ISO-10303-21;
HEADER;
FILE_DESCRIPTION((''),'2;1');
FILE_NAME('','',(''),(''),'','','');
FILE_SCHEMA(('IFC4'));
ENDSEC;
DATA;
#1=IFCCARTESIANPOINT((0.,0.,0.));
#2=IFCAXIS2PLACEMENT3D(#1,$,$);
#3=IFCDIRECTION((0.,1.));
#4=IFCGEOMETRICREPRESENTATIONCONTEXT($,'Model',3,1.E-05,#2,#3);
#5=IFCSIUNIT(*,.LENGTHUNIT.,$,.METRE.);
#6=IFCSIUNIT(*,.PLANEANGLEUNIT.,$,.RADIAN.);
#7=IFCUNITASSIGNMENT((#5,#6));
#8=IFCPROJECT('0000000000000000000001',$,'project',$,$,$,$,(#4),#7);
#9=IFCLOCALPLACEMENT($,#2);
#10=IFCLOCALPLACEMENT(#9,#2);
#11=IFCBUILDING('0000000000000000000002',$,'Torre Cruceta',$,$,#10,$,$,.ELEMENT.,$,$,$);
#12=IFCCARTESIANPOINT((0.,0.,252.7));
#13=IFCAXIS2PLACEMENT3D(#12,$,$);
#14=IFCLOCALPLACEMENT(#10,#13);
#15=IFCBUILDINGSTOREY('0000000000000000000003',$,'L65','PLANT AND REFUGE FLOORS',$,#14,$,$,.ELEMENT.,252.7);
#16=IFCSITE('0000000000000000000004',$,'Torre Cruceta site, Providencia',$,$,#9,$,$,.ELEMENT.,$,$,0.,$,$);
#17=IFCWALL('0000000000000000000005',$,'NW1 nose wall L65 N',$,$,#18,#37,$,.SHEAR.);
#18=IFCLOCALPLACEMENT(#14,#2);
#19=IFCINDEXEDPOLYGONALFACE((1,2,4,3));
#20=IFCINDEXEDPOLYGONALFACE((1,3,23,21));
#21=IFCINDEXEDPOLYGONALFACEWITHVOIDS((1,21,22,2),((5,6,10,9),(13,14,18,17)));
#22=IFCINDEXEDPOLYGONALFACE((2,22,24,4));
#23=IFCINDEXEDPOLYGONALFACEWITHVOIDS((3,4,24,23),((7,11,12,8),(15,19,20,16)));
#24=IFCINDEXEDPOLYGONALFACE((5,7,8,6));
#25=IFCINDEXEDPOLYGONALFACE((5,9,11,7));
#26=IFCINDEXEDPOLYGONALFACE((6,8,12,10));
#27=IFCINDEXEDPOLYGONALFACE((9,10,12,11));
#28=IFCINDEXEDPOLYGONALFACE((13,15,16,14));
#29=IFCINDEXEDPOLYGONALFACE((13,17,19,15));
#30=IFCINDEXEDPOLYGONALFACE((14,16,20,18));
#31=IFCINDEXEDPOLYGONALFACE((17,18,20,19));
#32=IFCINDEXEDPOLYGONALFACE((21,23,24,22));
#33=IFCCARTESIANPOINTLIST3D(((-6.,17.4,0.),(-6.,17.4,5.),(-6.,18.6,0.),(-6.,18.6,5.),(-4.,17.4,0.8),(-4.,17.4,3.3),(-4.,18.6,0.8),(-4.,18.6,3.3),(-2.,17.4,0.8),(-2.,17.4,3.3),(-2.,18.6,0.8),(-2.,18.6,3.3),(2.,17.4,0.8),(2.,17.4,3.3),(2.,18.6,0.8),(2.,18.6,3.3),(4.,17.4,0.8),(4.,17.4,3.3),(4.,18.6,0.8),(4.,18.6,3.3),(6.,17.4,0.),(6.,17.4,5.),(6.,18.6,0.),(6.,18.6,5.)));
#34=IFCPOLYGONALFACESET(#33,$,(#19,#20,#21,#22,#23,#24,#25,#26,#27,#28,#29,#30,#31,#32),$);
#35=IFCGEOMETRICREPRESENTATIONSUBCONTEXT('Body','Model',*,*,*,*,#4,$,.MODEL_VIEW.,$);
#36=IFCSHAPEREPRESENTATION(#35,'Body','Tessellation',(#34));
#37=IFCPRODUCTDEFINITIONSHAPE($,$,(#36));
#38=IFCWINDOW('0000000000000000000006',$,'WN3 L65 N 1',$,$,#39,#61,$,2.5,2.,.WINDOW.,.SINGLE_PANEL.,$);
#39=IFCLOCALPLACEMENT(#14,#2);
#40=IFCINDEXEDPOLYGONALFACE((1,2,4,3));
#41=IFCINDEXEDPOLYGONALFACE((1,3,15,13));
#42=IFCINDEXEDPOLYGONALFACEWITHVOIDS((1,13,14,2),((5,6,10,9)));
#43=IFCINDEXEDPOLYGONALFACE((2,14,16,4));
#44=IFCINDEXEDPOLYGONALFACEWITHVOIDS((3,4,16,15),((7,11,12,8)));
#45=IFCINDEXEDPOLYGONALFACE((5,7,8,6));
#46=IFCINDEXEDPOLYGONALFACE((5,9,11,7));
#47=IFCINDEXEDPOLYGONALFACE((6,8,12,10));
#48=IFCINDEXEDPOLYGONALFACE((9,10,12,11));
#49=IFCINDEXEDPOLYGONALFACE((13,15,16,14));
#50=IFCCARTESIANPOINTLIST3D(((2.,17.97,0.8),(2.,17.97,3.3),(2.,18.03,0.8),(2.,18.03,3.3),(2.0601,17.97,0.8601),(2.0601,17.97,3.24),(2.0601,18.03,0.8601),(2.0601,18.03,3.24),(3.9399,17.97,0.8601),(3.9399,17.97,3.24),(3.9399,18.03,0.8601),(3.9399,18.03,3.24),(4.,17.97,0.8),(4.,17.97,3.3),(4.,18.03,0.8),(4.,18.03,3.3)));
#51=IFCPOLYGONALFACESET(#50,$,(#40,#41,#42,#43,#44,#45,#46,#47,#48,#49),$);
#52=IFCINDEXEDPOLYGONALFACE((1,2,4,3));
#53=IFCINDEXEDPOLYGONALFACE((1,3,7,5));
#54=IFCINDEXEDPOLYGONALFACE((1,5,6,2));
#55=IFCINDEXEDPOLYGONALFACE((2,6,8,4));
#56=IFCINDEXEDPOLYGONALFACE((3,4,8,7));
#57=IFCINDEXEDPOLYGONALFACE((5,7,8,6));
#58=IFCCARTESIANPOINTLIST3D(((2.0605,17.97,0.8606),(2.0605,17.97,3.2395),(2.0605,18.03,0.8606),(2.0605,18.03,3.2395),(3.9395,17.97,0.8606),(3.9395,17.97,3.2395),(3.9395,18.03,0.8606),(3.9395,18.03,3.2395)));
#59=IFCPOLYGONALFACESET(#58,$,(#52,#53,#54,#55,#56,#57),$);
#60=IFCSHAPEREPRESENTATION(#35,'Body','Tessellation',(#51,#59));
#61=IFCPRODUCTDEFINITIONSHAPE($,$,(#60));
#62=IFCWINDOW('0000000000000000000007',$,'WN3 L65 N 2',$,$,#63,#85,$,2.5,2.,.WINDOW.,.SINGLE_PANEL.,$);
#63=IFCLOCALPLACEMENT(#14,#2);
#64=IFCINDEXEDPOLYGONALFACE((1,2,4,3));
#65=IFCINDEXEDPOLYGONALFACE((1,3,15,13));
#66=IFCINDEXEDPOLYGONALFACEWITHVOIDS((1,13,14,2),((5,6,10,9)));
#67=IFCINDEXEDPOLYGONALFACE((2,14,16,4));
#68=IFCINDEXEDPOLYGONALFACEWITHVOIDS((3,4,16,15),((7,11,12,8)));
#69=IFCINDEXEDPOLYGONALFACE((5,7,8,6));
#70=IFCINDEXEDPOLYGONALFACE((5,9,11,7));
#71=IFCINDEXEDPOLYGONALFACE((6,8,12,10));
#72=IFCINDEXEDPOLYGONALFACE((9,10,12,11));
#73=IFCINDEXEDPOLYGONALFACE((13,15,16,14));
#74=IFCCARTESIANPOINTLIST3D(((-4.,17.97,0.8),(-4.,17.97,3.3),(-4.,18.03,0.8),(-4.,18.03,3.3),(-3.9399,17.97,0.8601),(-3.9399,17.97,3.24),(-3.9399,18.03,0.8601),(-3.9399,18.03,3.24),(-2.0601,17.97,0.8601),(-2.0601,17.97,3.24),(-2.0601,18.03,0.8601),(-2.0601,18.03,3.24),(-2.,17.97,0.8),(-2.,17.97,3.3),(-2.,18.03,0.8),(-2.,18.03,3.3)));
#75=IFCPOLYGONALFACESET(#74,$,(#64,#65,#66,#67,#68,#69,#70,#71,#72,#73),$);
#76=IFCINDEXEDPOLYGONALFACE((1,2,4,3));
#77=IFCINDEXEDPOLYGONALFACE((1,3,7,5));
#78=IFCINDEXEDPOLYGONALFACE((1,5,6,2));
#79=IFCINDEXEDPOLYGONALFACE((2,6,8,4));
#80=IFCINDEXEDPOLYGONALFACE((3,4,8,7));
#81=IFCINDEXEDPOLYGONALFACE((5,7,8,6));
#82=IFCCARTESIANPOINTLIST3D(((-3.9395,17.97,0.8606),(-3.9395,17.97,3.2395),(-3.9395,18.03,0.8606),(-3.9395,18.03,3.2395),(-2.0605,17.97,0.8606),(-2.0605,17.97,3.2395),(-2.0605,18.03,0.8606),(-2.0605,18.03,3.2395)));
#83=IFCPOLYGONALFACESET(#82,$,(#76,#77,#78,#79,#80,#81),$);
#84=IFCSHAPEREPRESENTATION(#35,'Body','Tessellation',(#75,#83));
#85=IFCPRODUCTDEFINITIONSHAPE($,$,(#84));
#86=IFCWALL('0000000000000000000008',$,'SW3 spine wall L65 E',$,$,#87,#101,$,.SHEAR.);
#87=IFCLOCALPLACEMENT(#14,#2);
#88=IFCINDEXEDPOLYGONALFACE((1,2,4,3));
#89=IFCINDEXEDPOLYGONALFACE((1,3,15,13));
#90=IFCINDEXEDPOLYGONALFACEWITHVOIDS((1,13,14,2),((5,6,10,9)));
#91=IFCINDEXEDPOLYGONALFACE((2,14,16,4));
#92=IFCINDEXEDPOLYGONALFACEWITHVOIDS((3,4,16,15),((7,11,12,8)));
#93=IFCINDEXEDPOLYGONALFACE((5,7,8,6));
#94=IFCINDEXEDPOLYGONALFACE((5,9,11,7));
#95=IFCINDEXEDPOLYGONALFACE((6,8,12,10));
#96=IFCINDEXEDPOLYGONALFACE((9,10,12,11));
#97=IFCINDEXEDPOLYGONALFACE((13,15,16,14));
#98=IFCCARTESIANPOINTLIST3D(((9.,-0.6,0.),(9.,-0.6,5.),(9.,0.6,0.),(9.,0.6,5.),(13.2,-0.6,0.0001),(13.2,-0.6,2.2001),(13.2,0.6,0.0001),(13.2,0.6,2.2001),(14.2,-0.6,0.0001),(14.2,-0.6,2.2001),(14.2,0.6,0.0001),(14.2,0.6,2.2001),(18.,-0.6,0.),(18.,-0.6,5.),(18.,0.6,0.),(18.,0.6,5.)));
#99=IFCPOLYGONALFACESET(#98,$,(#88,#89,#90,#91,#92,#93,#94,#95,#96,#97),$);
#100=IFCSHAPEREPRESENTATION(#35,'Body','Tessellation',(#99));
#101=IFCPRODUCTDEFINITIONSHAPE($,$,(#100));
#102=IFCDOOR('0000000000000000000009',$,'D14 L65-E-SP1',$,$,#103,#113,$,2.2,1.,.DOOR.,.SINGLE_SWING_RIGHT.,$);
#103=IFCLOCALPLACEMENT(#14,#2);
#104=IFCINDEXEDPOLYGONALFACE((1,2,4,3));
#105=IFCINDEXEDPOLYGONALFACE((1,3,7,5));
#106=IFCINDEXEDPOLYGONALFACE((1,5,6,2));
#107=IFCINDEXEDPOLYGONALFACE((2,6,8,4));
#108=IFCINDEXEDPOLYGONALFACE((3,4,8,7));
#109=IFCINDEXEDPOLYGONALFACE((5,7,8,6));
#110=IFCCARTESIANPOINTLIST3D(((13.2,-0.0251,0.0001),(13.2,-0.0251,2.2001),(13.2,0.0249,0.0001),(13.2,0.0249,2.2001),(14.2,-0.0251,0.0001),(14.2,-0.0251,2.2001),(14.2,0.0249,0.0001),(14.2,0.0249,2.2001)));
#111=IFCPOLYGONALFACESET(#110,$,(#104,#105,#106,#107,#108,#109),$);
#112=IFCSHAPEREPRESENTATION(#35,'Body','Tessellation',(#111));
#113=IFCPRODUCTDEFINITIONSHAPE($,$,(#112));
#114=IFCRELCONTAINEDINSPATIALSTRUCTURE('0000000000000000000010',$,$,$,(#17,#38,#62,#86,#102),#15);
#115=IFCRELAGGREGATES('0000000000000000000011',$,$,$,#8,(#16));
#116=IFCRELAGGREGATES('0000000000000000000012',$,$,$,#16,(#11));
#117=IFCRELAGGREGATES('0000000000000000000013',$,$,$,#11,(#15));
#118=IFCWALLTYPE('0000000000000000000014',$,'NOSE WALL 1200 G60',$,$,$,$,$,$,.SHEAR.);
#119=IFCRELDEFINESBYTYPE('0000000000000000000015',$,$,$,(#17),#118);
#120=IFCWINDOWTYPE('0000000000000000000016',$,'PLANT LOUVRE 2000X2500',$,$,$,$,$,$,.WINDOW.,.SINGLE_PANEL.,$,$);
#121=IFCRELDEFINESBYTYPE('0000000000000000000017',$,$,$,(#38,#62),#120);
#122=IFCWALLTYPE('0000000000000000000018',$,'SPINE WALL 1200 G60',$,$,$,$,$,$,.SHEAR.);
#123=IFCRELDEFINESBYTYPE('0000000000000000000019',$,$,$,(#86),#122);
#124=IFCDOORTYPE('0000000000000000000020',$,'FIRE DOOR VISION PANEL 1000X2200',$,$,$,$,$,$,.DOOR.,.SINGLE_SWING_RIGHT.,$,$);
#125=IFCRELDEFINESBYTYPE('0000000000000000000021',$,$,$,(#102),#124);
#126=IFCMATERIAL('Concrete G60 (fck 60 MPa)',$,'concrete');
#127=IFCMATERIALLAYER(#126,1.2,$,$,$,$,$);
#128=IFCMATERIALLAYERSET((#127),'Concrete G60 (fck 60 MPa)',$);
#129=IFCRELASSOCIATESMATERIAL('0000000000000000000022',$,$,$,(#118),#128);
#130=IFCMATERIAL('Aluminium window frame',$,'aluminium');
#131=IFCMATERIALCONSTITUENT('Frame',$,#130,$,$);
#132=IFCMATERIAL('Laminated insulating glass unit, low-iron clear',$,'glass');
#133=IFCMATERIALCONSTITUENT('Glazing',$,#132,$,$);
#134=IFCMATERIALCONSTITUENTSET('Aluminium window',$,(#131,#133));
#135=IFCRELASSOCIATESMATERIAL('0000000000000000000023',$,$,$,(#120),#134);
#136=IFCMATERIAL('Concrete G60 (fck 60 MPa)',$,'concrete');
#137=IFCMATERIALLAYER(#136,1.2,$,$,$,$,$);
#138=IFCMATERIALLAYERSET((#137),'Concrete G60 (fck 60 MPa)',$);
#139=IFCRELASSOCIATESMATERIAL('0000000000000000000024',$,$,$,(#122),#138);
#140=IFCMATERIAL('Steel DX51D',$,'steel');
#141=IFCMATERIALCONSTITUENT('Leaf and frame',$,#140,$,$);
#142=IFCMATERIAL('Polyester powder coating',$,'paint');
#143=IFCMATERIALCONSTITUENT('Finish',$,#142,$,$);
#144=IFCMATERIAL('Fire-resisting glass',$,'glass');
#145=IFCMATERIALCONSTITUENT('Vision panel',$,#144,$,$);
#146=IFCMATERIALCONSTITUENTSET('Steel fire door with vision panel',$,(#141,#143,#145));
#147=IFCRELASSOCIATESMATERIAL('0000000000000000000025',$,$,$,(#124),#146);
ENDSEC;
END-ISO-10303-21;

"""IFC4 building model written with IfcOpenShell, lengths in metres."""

from ifc_helpers import new_model, si_unit, direction, frame, frame_2d, origin, place, context, subcontext, project, spatial, rectangle, hollow_rectangle, extrude, material, layer, layer_set, constituent, constituent_set, type_object, element, fill, save


model = new_model("IFC4")

# Units and contexts
model_context = context("Model", 3, precision=1e-05, world=origin(), true_north=direction((0.0, 1.0)))
body_context = subcontext(model_context, "Body", "Model", "MODEL_VIEW")
ifc_project = project(units=[si_unit("LENGTHUNIT", "METRE"), si_unit("PLANEANGLEUNIT", "RADIAN")], contexts=[model_context])

# Site, building, storey
site_placement = place(None, origin())
site = spatial("IfcSite", under=ifc_project, at=site_placement, Name="Torre Cruceta site, Providencia", CompositionType="ELEMENT", RefElevation=0.0)
building_placement = place(site_placement, origin())
building = spatial("IfcBuilding", under=site, at=building_placement, Name="Torre Cruceta", CompositionType="ELEMENT")
storey_placement = place(building_placement, frame((0.0, 0.0, 252.7)))
storey = spatial("IfcBuildingStorey", under=building, at=storey_placement, Name="L65", Description="PLANT AND REFUGE FLOORS", CompositionType="ELEMENT", Elevation=252.7)

# Wall, openings, windows
ifc_material_1 = material(Name="Concrete G60 (fck 60 MPa)", Category="concrete")
ifc_layer_1 = layer(ifc_material_1, 1.2)
ifc_layer_set_1 = layer_set([ifc_layer_1], Name="Concrete G60 (fck 60 MPa)")
wall_type_1 = type_object("IfcWallType", Name="NOSE WALL 1200 G60", PredefinedType="SHEAR", material=ifc_layer_set_1)
wall_1_placement = place(storey_placement, frame((6.0, 18.0, 0.0), z_axis=(0.0, 0.0, 1.0), x_axis=(-1.0, 0.0, 0.0)))
wall_1 = element("IfcWall", 1, at=wall_1_placement, inside=storey, type_object=wall_type_1, Name="NW1 nose wall L65 N", PredefinedType="SHEAR", context=body_context, shape_type="SweptSolid", body=[
    extrude(rectangle(XDim=12.0, YDim=1.2, at=frame_2d((6.0, 0.0))), origin(), (0.0, 0.0, 1.0), 5.0),
])
opening_1_placement = place(wall_1_placement, frame((2.0, 0.0, 0.8)))
opening_1 = element("IfcOpeningElement", 2, at=opening_1_placement, cuts=wall_1, PredefinedType="OPENING", context=body_context, shape_type="SweptSolid", body=[
    extrude(rectangle(XDim=2.0, YDim=2.5, at=frame_2d((1.0, 1.25))), frame((0.0, 0.6099, 0.0), z_axis=(0.0, -1.0, 0.0), x_axis=(1.0, 0.0, 0.0)), (0.0, 0.0, 1.0), 1.22),
])
opening_2_placement = place(wall_1_placement, frame((8.0, 0.0, 0.8)))
opening_2 = element("IfcOpeningElement", 3, at=opening_2_placement, cuts=wall_1, PredefinedType="OPENING", context=body_context, shape_type="SweptSolid", body=[
    extrude(rectangle(XDim=2.0, YDim=2.5, at=frame_2d((1.0, 1.25))), frame((0.0, 0.6099, 0.0), z_axis=(0.0, -1.0, 0.0), x_axis=(1.0, 0.0, 0.0)), (0.0, 0.0, 1.0), 1.22),
])
ifc_material_2 = material(Name="Aluminium window frame", Category="aluminium")
ifc_constituent_1 = constituent(ifc_material_2, Name="Frame")
ifc_material_3 = material(Name="Laminated insulating glass unit, low-iron clear", Category="glass")
ifc_constituent_2 = constituent(ifc_material_3, Name="Glazing")
ifc_constituent_set_1 = constituent_set(constituents=[ifc_constituent_1, ifc_constituent_2], Name="Aluminium window")
window_type = type_object("IfcWindowType", Name="PLANT LOUVRE 2000X2500", PartitioningType="SINGLE_PANEL", PredefinedType="WINDOW", material=ifc_constituent_set_1)
window_1_placement = place(opening_1_placement, origin())
window_1 = element("IfcWindow", 4, at=window_1_placement, inside=storey, type_object=window_type, Name="WN3 L65 N 1", OverallHeight=2.5, OverallWidth=2.0, PartitioningType="SINGLE_PANEL", PredefinedType="WINDOW", context=body_context, shape_type="SweptSolid", body=[
    extrude(hollow_rectangle(XDim=2.0, YDim=2.5, WallThickness=0.0601, at=frame_2d((1.0, 1.25))), frame((0.0, 0.03, 0.0), z_axis=(0.0, -1.0, 0.0), x_axis=(1.0, 0.0, 0.0)), (0.0, 0.0, 1.0), 0.0601),
    extrude(rectangle(XDim=1.8789, YDim=2.3789, at=frame_2d((1.0, 1.25))), frame((0.0, 0.03, 0.0), z_axis=(0.0, -1.0, 0.0), x_axis=(1.0, 0.0, 0.0)), (0.0, 0.0, 1.0), 0.0601),
])
fill(opening_1, window_1)
window_2_placement = place(opening_2_placement, origin())
window_2 = element("IfcWindow", 5, at=window_2_placement, inside=storey, type_object=window_type, Name="WN3 L65 N 2", OverallHeight=2.5, OverallWidth=2.0, PartitioningType="SINGLE_PANEL", PredefinedType="WINDOW", context=body_context, shape_type="SweptSolid", body=[
    extrude(hollow_rectangle(XDim=2.0, YDim=2.5, WallThickness=0.0601, at=frame_2d((1.0, 1.25))), frame((0.0, 0.03, 0.0), z_axis=(0.0, -1.0, 0.0), x_axis=(1.0, 0.0, 0.0)), (0.0, 0.0, 1.0), 0.0601),
    extrude(rectangle(XDim=1.8789, YDim=2.3789, at=frame_2d((1.0, 1.25))), frame((0.0, 0.03, 0.0), z_axis=(0.0, -1.0, 0.0), x_axis=(1.0, 0.0, 0.0)), (0.0, 0.0, 1.0), 0.0601),
])
fill(opening_2, window_2)

# Wall, opening, door
ifc_material_4 = material(Name="Concrete G60 (fck 60 MPa)", Category="concrete")
ifc_layer_2 = layer(ifc_material_4, 1.2)
ifc_layer_set_2 = layer_set([ifc_layer_2], Name="Concrete G60 (fck 60 MPa)")
wall_type_2 = type_object("IfcWallType", Name="SPINE WALL 1200 G60", PredefinedType="SHEAR", material=ifc_layer_set_2)
wall_2_placement = place(storey_placement, frame((9.0, 0.0, 0.0), z_axis=(0.0, 0.0, 1.0), x_axis=(1.0, 0.0, 0.0)))
wall_2 = element("IfcWall", 6, at=wall_2_placement, inside=storey, type_object=wall_type_2, Name="SW3 spine wall L65 E", PredefinedType="SHEAR", context=body_context, shape_type="SweptSolid", body=[
    extrude(rectangle(XDim=9.0, YDim=1.2, at=frame_2d((4.5, 0.0))), origin(), (0.0, 0.0, 1.0), 5.0),
])
opening_3_placement = place(wall_2_placement, frame((4.2, 0.0, 0.0)))
opening_3 = element("IfcOpeningElement", 7, at=opening_3_placement, cuts=wall_2, PredefinedType="OPENING", context=body_context, shape_type="SweptSolid", body=[
    extrude(rectangle(XDim=1.0, YDim=2.2, at=frame_2d((0.5, 1.1001))), frame((0.0, 0.6099, 0.0), z_axis=(0.0, -1.0, 0.0), x_axis=(1.0, 0.0, 0.0)), (0.0, 0.0, 1.0), 1.22),
])
ifc_material_5 = material(Name="Steel DX51D", Category="steel")
ifc_constituent_3 = constituent(ifc_material_5, Name="Leaf and frame")
ifc_material_6 = material(Name="Polyester powder coating", Category="paint")
ifc_constituent_4 = constituent(ifc_material_6, Name="Finish")
ifc_material_7 = material(Name="Fire-resisting glass", Category="glass")
ifc_constituent_5 = constituent(ifc_material_7, Name="Vision panel")
ifc_constituent_set_2 = constituent_set(constituents=[ifc_constituent_3, ifc_constituent_4, ifc_constituent_5], Name="Steel fire door with vision panel")
door_type_1 = type_object("IfcDoorType", Name="FIRE DOOR VISION PANEL 1000X2200", OperationType="SINGLE_SWING_RIGHT", PredefinedType="DOOR", material=ifc_constituent_set_2)
door_1_placement = place(opening_3_placement, frame((1.0, 0.0, 0.0), z_axis=(0.0, 0.0, 1.0), x_axis=(-1.0, 0.0, 0.0)))
door_1 = element("IfcDoor", 8, at=door_1_placement, inside=storey, type_object=door_type_1, Name="D14 L65-E-SP1", OperationType="SINGLE_SWING_RIGHT", OverallHeight=2.2, OverallWidth=1.0, PredefinedType="DOOR", context=body_context, shape_type="SweptSolid", body=[
    extrude(rectangle(XDim=1.0, YDim=2.2, at=frame_2d((0.5, 1.1001))), frame((0.0, 0.0251, 0.0), z_axis=(0.0, -1.0, 0.0), x_axis=(1.0, 0.0, 0.0)), (0.0, 0.0, 1.0), 0.05),
])
fill(opening_3, door_1)

save(model, "model.ifc")
